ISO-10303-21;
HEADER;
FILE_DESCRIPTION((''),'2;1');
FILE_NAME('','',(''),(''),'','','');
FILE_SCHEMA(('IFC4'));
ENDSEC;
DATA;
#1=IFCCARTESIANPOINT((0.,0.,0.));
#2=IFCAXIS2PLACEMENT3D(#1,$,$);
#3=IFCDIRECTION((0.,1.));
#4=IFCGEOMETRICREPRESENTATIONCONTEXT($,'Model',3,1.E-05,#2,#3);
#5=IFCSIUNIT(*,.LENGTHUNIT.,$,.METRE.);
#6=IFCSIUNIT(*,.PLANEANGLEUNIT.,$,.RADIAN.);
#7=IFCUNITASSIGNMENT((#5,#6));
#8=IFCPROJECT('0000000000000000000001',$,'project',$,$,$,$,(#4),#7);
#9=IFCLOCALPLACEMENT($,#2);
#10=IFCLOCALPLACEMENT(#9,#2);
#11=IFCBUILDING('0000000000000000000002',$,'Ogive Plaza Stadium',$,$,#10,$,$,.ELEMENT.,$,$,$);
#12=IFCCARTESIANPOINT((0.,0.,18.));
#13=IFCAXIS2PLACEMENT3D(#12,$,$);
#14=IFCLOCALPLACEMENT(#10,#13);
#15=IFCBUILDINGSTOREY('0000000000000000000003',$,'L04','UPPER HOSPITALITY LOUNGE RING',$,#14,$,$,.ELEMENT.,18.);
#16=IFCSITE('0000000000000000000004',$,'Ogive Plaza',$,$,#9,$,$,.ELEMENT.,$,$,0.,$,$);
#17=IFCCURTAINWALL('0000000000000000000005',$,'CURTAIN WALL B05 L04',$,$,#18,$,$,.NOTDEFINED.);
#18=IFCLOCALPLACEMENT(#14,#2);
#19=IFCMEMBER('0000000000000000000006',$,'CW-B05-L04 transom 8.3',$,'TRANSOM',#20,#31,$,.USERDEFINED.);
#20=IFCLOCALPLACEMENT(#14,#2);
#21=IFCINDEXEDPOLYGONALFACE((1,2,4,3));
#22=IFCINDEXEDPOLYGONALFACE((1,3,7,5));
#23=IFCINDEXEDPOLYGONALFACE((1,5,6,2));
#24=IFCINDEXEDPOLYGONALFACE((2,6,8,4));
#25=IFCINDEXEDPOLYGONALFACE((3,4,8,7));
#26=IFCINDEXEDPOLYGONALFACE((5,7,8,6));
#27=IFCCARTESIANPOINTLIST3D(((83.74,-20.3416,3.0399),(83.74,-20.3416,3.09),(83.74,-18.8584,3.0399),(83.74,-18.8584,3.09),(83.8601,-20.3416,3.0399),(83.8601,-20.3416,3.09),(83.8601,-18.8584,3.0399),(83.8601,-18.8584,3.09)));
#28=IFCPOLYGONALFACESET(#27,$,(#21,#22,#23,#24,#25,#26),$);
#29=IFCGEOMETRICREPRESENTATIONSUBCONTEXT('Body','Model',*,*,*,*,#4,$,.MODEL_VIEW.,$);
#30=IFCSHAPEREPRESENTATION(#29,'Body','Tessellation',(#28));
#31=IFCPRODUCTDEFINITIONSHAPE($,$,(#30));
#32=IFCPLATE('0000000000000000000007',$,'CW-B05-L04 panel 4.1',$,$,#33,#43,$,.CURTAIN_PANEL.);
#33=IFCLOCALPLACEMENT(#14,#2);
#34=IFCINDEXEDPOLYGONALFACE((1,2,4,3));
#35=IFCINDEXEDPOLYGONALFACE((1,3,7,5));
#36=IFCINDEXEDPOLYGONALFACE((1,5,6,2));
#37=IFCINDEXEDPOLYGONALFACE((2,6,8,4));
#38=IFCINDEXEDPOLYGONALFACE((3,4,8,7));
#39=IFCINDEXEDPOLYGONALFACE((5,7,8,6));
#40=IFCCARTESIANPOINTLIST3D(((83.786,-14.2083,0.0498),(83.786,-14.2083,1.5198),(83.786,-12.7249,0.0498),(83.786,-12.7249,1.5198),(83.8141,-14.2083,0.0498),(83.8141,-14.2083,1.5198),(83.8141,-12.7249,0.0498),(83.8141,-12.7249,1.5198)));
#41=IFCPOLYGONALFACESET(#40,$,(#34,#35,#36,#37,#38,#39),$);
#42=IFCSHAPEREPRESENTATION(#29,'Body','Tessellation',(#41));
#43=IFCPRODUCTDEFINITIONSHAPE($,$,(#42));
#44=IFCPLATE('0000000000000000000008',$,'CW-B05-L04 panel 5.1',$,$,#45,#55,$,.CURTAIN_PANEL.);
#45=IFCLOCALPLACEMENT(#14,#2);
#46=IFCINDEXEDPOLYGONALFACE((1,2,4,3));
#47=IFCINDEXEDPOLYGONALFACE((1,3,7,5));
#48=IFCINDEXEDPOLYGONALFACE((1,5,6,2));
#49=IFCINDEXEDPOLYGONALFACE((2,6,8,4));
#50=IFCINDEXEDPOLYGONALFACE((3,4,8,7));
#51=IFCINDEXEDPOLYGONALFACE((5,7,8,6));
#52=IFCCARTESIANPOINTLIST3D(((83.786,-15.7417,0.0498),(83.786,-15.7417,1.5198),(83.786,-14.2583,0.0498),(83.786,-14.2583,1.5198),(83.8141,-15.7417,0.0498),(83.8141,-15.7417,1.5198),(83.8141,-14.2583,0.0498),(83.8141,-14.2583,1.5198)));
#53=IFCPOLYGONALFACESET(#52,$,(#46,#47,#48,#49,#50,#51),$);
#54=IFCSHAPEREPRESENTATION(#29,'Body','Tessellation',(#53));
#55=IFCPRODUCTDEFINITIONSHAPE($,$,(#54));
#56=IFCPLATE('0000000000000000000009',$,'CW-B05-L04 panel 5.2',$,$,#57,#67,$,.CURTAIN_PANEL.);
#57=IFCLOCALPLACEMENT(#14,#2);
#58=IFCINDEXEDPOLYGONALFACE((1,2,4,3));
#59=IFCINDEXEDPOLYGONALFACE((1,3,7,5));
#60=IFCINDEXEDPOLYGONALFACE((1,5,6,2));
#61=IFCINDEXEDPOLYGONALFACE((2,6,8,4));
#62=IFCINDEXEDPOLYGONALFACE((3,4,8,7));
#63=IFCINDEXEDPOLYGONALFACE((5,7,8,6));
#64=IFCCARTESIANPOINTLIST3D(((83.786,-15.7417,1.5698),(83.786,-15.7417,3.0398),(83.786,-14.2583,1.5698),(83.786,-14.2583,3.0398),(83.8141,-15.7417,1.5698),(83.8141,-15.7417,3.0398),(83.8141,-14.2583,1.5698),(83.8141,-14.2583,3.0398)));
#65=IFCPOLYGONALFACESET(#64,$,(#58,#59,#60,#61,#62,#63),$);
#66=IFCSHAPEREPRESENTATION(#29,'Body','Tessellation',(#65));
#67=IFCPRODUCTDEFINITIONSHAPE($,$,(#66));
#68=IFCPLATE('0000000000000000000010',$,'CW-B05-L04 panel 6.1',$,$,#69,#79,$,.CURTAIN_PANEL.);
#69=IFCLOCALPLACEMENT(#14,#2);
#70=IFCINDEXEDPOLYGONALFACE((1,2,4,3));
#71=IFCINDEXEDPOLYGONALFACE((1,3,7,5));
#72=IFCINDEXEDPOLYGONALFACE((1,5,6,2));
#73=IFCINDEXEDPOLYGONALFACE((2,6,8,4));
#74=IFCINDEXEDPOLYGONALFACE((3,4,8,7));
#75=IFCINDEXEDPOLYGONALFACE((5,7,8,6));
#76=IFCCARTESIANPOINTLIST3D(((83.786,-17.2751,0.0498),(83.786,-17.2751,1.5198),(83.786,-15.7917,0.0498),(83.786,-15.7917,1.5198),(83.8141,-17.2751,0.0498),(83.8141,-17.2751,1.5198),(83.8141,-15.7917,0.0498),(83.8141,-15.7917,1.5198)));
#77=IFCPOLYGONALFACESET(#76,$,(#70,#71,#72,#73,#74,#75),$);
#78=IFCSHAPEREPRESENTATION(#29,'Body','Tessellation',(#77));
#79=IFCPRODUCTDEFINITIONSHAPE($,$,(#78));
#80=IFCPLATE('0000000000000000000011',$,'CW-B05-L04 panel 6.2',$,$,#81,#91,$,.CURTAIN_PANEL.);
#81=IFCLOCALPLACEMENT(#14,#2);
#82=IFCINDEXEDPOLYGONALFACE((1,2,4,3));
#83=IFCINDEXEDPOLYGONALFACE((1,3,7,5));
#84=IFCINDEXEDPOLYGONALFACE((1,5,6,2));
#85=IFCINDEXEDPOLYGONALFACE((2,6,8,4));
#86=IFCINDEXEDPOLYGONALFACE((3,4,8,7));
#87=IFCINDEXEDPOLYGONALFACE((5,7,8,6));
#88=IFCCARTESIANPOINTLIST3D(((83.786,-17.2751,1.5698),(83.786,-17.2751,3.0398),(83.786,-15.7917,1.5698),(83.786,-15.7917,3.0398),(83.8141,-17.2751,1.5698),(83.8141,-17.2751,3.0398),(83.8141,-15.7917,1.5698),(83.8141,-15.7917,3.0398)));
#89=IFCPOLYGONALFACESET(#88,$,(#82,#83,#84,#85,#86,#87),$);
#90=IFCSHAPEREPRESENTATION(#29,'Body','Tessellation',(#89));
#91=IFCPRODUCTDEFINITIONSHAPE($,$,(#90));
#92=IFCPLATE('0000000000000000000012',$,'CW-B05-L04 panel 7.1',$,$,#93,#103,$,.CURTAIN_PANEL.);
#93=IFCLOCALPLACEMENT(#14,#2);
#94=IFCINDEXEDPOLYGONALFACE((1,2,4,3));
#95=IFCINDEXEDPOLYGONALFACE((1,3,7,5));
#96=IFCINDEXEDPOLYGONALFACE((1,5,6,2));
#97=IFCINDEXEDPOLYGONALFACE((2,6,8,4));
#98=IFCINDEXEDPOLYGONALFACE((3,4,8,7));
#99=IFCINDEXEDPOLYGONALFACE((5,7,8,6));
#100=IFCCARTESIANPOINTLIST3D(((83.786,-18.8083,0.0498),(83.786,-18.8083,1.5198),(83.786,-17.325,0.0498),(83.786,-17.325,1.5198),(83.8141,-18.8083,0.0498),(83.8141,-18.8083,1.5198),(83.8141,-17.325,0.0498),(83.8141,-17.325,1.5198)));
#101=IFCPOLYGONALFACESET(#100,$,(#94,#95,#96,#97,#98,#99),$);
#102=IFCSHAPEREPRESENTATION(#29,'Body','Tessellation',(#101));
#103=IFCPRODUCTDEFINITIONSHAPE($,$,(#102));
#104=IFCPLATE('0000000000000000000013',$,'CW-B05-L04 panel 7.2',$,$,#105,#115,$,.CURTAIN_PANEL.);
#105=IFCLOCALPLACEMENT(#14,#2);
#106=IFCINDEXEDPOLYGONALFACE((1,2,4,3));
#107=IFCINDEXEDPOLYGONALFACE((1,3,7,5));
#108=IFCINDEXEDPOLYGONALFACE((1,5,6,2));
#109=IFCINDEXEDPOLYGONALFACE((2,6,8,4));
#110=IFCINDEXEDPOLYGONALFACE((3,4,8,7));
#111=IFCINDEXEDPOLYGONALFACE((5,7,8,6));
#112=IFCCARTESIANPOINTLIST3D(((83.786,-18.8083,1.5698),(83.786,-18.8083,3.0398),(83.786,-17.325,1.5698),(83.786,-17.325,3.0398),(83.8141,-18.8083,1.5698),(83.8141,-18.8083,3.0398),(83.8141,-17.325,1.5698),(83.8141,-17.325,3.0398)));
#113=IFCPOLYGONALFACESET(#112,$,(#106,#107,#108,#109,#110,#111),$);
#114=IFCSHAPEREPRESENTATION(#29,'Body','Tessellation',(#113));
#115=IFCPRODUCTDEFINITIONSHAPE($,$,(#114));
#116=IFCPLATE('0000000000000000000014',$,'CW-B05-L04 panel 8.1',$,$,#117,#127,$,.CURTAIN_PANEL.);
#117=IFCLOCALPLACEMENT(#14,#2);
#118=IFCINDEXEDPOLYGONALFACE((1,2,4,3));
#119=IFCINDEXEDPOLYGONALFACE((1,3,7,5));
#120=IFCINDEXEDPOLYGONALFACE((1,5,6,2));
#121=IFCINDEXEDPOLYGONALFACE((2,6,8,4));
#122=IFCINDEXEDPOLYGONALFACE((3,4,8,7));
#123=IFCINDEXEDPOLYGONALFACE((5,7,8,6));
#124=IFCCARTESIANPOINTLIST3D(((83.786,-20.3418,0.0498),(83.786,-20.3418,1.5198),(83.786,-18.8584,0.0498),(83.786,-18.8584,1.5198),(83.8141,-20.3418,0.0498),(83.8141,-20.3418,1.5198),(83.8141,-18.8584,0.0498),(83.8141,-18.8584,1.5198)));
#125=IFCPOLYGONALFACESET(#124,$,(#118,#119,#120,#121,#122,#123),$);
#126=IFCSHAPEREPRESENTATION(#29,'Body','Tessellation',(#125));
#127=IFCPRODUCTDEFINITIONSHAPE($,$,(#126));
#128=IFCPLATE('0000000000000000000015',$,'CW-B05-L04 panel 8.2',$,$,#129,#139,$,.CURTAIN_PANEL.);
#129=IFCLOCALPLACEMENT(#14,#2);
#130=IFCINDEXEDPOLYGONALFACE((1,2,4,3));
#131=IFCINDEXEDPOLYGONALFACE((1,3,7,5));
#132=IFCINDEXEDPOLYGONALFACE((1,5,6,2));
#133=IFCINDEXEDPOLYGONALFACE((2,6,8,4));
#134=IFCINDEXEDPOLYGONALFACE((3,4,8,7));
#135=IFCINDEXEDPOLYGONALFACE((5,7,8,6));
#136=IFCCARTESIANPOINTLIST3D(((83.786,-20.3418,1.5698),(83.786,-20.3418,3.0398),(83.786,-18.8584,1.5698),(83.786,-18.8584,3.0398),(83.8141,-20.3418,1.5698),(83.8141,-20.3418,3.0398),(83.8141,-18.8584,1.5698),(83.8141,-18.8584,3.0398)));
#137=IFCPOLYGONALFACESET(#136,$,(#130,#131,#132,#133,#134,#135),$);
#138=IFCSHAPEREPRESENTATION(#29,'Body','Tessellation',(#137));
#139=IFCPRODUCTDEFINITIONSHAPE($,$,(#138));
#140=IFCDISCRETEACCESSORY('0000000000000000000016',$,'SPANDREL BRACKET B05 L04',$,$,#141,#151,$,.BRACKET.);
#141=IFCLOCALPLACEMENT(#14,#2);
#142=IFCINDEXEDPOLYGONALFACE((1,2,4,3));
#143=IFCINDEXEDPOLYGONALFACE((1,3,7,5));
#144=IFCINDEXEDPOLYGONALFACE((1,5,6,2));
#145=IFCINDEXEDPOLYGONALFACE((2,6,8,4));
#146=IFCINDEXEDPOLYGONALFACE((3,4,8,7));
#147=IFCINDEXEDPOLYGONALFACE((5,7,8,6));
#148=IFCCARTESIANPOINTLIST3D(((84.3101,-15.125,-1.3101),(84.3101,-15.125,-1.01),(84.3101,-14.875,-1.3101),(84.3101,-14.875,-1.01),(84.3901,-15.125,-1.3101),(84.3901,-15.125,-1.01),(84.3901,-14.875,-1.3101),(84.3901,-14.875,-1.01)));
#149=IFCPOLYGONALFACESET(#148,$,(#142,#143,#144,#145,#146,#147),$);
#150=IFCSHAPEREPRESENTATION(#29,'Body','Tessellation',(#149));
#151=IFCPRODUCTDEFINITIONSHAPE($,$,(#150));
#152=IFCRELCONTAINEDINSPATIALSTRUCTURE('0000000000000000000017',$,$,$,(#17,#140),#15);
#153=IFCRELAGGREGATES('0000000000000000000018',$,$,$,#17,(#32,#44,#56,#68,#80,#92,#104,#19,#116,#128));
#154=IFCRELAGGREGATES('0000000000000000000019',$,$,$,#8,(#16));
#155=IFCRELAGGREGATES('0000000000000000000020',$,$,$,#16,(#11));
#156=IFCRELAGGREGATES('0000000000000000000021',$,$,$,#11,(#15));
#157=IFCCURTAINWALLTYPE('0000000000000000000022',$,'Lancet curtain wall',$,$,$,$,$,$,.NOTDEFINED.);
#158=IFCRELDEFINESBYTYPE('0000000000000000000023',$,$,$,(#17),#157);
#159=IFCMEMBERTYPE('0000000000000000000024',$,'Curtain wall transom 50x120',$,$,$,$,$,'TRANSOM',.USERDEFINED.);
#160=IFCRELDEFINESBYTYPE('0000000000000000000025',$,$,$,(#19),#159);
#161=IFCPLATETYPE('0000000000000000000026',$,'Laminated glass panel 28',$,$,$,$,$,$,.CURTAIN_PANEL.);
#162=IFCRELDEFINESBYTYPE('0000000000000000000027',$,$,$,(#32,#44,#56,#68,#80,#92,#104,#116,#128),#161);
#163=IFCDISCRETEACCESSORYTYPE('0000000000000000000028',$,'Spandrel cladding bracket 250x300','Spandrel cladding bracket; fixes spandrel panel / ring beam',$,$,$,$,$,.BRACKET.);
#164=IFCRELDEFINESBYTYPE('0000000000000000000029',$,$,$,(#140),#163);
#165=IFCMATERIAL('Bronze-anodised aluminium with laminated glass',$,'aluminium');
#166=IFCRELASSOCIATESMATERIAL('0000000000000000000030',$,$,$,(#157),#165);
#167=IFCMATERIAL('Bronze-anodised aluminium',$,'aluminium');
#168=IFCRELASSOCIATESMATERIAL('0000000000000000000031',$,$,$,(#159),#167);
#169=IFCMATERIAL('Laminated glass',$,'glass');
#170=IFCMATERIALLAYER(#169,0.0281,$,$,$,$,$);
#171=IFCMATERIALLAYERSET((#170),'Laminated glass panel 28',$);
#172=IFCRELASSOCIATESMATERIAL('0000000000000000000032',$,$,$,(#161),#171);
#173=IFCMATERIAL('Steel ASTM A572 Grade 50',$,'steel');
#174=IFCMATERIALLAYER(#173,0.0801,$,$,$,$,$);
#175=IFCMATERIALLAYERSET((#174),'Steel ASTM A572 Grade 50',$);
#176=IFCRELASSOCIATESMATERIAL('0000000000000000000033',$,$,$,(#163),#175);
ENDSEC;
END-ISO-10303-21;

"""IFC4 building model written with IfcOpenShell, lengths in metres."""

from ifc_helpers import new_model, si_unit, direction, frame, origin, origin_2d, place, context, subcontext, project, spatial, rectangle, extrude, material, layer, layer_set, material_profile, profile_set, type_object, element, aggregate, save


model = new_model("IFC4")

# Units and contexts
model_context = context("Model", 3, precision=1e-05, world=origin(), true_north=direction((0.0, 1.0)))
body_context = subcontext(model_context, "Body", "Model", "MODEL_VIEW")
ifc_project = project(units=[si_unit("LENGTHUNIT", "METRE"), si_unit("PLANEANGLEUNIT", "RADIAN")], contexts=[model_context])

# Site, building, storey
site_placement = place(None, origin())
site = spatial("IfcSite", under=ifc_project, at=site_placement, Name="Ogive Plaza", CompositionType="ELEMENT", RefElevation=0.0)
building_placement = place(site_placement, origin())
building = spatial("IfcBuilding", under=site, at=building_placement, Name="Ogive Plaza Stadium", CompositionType="ELEMENT")
storey_placement = place(building_placement, frame((0.0, 0.0, 18.0)))
storey = spatial("IfcBuildingStorey", under=building, at=storey_placement, Name="L04", Description="UPPER HOSPITALITY LOUNGE RING", CompositionType="ELEMENT", Elevation=18.0)

# Curtain wall, member, plates
ifc_material_1 = material(Name="Bronze-anodised aluminium with laminated glass", Category="aluminium")
curtain_wall_type = type_object("IfcCurtainWallType", Name="Lancet curtain wall", PredefinedType="NOTDEFINED", material=ifc_material_1)
curtain_wall_placement = place(storey_placement, origin())
curtain_wall = element("IfcCurtainWall", 1, at=curtain_wall_placement, inside=storey, type_object=curtain_wall_type, Name="CURTAIN WALL B05 L04", PredefinedType="NOTDEFINED")
ifc_material_2 = material(Name="Bronze-anodised aluminium", Category="aluminium")
ifc_material_profile_1 = material_profile(ifc_material_2, rectangle(XDim=0.1201, YDim=0.05, at=origin_2d()), Name="AL 120x50")
ifc_profile_set_1 = profile_set([ifc_material_profile_1], Name="Bronze-anodised aluminium")
member_type_1 = type_object("IfcMemberType", Name="Curtain wall transom 50x120", ElementType="TRANSOM", PredefinedType="USERDEFINED", material=ifc_profile_set_1)
member_1_placement = place(storey_placement, frame((83.8, -18.8584, 3.0649), z_axis=(0.0, -1.0, 0.0), x_axis=(1.0, 0.0, 0.0)))
member_1 = element("IfcMember", 2, at=member_1_placement, type_object=member_type_1, Name="CW-B05-L04 transom 8.3", ObjectType="TRANSOM", PredefinedType="USERDEFINED", context=body_context, shape_type="SweptSolid", body=[
    extrude(rectangle(XDim=0.1201, YDim=0.05, at=origin_2d()), origin(), (0.0, 0.0, 1.0), 1.4832),
])
ifc_material_3 = material(Name="Laminated glass", Category="glass")
ifc_layer_1 = layer(ifc_material_3, 0.0281)
ifc_layer_set_1 = layer_set([ifc_layer_1], Name="Laminated glass panel 28")
plate_type = type_object("IfcPlateType", Name="Laminated glass panel 28", PredefinedType="CURTAIN_PANEL", material=ifc_layer_set_1)
plate_1_placement = place(storey_placement, frame((83.8, -13.4666, 0.0498), z_axis=(0.0, 0.0, 1.0), x_axis=(0.0, -1.0, 0.0)))
plate_1 = element("IfcPlate", 3, at=plate_1_placement, type_object=plate_type, Name="CW-B05-L04 panel 4.1", PredefinedType="CURTAIN_PANEL", context=body_context, shape_type="SweptSolid", body=[
    extrude(rectangle(XDim=1.4834, YDim=0.0281, at=origin_2d()), origin(), (0.0, 0.0, 1.0), 1.47),
])
plate_2_placement = place(storey_placement, frame((83.8, -15.0, 0.0498), z_axis=(0.0, 0.0, 1.0), x_axis=(0.0, -1.0, 0.0)))
plate_2 = element("IfcPlate", 4, at=plate_2_placement, type_object=plate_type, Name="CW-B05-L04 panel 5.1", PredefinedType="CURTAIN_PANEL", context=body_context, shape_type="SweptSolid", body=[
    extrude(rectangle(XDim=1.4834, YDim=0.0281, at=origin_2d()), origin(), (0.0, 0.0, 1.0), 1.47),
])
plate_3_placement = place(storey_placement, frame((83.8, -15.0, 1.5698), z_axis=(0.0, 0.0, 1.0), x_axis=(0.0, -1.0, 0.0)))
plate_3 = element("IfcPlate", 5, at=plate_3_placement, type_object=plate_type, Name="CW-B05-L04 panel 5.2", PredefinedType="CURTAIN_PANEL", context=body_context, shape_type="SweptSolid", body=[
    extrude(rectangle(XDim=1.4834, YDim=0.0281, at=origin_2d()), origin(), (0.0, 0.0, 1.0), 1.47),
])
plate_4_placement = place(storey_placement, frame((83.8, -16.5334, 0.0498), z_axis=(0.0, 0.0, 1.0), x_axis=(0.0, -1.0, 0.0)))
plate_4 = element("IfcPlate", 6, at=plate_4_placement, type_object=plate_type, Name="CW-B05-L04 panel 6.1", PredefinedType="CURTAIN_PANEL", context=body_context, shape_type="SweptSolid", body=[
    extrude(rectangle(XDim=1.4834, YDim=0.0281, at=origin_2d()), origin(), (0.0, 0.0, 1.0), 1.47),
])
plate_5_placement = place(storey_placement, frame((83.8, -16.5334, 1.5698), z_axis=(0.0, 0.0, 1.0), x_axis=(0.0, -1.0, 0.0)))
plate_5 = element("IfcPlate", 7, at=plate_5_placement, type_object=plate_type, Name="CW-B05-L04 panel 6.2", PredefinedType="CURTAIN_PANEL", context=body_context, shape_type="SweptSolid", body=[
    extrude(rectangle(XDim=1.4834, YDim=0.0281, at=origin_2d()), origin(), (0.0, 0.0, 1.0), 1.47),
])
plate_6_placement = place(storey_placement, frame((83.8, -18.0667, 0.0498), z_axis=(0.0, 0.0, 1.0), x_axis=(0.0, -1.0, 0.0)))
plate_6 = element("IfcPlate", 8, at=plate_6_placement, type_object=plate_type, Name="CW-B05-L04 panel 7.1", PredefinedType="CURTAIN_PANEL", context=body_context, shape_type="SweptSolid", body=[
    extrude(rectangle(XDim=1.4834, YDim=0.0281, at=origin_2d()), origin(), (0.0, 0.0, 1.0), 1.47),
])
plate_7_placement = place(storey_placement, frame((83.8, -18.0667, 1.5698), z_axis=(0.0, 0.0, 1.0), x_axis=(0.0, -1.0, 0.0)))
plate_7 = element("IfcPlate", 9, at=plate_7_placement, type_object=plate_type, Name="CW-B05-L04 panel 7.2", PredefinedType="CURTAIN_PANEL", context=body_context, shape_type="SweptSolid", body=[
    extrude(rectangle(XDim=1.4834, YDim=0.0281, at=origin_2d()), origin(), (0.0, 0.0, 1.0), 1.47),
])
plate_8_placement = place(storey_placement, frame((83.8, -19.6001, 0.0498), z_axis=(0.0, 0.0, 1.0), x_axis=(0.0, -1.0, 0.0)))
plate_8 = element("IfcPlate", 10, at=plate_8_placement, type_object=plate_type, Name="CW-B05-L04 panel 8.1", PredefinedType="CURTAIN_PANEL", context=body_context, shape_type="SweptSolid", body=[
    extrude(rectangle(XDim=1.4834, YDim=0.0281, at=origin_2d()), origin(), (0.0, 0.0, 1.0), 1.47),
])
plate_9_placement = place(storey_placement, frame((83.8, -19.6001, 1.5698), z_axis=(0.0, 0.0, 1.0), x_axis=(0.0, -1.0, 0.0)))
plate_9 = element("IfcPlate", 11, at=plate_9_placement, type_object=plate_type, Name="CW-B05-L04 panel 8.2", PredefinedType="CURTAIN_PANEL", context=body_context, shape_type="SweptSolid", body=[
    extrude(rectangle(XDim=1.4834, YDim=0.0281, at=origin_2d()), origin(), (0.0, 0.0, 1.0), 1.47),
])
aggregate(curtain_wall, [plate_1, plate_2, plate_3, plate_4, plate_5, plate_6, plate_7, member_1, plate_8, plate_9])

# Discrete accessory
ifc_material_4 = material(Name="Steel ASTM A572 Grade 50", Category="steel")
ifc_layer_2 = layer(ifc_material_4, 0.0801)
ifc_layer_set_2 = layer_set([ifc_layer_2], Name="Steel ASTM A572 Grade 50")
discrete_accessory_type = type_object("IfcDiscreteAccessoryType", Name="Spandrel cladding bracket 250x300", Description="Spandrel cladding bracket; fixes spandrel panel / ring beam", PredefinedType="BRACKET", material=ifc_layer_set_2)
discrete_accessory_placement = place(storey_placement, frame((84.3501, -15.0, -1.3101), z_axis=(0.0, 0.0, 1.0), x_axis=(0.0, -1.0, 0.0)))
element("IfcDiscreteAccessory", 12, at=discrete_accessory_placement, inside=storey, type_object=discrete_accessory_type, Name="SPANDREL BRACKET B05 L04", PredefinedType="BRACKET", context=body_context, shape_type="SweptSolid", body=[
    extrude(rectangle(XDim=0.25, YDim=0.0801, at=origin_2d()), origin(), (0.0, 0.0, 1.0), 0.3),
])

save(model, "model.ifc")
